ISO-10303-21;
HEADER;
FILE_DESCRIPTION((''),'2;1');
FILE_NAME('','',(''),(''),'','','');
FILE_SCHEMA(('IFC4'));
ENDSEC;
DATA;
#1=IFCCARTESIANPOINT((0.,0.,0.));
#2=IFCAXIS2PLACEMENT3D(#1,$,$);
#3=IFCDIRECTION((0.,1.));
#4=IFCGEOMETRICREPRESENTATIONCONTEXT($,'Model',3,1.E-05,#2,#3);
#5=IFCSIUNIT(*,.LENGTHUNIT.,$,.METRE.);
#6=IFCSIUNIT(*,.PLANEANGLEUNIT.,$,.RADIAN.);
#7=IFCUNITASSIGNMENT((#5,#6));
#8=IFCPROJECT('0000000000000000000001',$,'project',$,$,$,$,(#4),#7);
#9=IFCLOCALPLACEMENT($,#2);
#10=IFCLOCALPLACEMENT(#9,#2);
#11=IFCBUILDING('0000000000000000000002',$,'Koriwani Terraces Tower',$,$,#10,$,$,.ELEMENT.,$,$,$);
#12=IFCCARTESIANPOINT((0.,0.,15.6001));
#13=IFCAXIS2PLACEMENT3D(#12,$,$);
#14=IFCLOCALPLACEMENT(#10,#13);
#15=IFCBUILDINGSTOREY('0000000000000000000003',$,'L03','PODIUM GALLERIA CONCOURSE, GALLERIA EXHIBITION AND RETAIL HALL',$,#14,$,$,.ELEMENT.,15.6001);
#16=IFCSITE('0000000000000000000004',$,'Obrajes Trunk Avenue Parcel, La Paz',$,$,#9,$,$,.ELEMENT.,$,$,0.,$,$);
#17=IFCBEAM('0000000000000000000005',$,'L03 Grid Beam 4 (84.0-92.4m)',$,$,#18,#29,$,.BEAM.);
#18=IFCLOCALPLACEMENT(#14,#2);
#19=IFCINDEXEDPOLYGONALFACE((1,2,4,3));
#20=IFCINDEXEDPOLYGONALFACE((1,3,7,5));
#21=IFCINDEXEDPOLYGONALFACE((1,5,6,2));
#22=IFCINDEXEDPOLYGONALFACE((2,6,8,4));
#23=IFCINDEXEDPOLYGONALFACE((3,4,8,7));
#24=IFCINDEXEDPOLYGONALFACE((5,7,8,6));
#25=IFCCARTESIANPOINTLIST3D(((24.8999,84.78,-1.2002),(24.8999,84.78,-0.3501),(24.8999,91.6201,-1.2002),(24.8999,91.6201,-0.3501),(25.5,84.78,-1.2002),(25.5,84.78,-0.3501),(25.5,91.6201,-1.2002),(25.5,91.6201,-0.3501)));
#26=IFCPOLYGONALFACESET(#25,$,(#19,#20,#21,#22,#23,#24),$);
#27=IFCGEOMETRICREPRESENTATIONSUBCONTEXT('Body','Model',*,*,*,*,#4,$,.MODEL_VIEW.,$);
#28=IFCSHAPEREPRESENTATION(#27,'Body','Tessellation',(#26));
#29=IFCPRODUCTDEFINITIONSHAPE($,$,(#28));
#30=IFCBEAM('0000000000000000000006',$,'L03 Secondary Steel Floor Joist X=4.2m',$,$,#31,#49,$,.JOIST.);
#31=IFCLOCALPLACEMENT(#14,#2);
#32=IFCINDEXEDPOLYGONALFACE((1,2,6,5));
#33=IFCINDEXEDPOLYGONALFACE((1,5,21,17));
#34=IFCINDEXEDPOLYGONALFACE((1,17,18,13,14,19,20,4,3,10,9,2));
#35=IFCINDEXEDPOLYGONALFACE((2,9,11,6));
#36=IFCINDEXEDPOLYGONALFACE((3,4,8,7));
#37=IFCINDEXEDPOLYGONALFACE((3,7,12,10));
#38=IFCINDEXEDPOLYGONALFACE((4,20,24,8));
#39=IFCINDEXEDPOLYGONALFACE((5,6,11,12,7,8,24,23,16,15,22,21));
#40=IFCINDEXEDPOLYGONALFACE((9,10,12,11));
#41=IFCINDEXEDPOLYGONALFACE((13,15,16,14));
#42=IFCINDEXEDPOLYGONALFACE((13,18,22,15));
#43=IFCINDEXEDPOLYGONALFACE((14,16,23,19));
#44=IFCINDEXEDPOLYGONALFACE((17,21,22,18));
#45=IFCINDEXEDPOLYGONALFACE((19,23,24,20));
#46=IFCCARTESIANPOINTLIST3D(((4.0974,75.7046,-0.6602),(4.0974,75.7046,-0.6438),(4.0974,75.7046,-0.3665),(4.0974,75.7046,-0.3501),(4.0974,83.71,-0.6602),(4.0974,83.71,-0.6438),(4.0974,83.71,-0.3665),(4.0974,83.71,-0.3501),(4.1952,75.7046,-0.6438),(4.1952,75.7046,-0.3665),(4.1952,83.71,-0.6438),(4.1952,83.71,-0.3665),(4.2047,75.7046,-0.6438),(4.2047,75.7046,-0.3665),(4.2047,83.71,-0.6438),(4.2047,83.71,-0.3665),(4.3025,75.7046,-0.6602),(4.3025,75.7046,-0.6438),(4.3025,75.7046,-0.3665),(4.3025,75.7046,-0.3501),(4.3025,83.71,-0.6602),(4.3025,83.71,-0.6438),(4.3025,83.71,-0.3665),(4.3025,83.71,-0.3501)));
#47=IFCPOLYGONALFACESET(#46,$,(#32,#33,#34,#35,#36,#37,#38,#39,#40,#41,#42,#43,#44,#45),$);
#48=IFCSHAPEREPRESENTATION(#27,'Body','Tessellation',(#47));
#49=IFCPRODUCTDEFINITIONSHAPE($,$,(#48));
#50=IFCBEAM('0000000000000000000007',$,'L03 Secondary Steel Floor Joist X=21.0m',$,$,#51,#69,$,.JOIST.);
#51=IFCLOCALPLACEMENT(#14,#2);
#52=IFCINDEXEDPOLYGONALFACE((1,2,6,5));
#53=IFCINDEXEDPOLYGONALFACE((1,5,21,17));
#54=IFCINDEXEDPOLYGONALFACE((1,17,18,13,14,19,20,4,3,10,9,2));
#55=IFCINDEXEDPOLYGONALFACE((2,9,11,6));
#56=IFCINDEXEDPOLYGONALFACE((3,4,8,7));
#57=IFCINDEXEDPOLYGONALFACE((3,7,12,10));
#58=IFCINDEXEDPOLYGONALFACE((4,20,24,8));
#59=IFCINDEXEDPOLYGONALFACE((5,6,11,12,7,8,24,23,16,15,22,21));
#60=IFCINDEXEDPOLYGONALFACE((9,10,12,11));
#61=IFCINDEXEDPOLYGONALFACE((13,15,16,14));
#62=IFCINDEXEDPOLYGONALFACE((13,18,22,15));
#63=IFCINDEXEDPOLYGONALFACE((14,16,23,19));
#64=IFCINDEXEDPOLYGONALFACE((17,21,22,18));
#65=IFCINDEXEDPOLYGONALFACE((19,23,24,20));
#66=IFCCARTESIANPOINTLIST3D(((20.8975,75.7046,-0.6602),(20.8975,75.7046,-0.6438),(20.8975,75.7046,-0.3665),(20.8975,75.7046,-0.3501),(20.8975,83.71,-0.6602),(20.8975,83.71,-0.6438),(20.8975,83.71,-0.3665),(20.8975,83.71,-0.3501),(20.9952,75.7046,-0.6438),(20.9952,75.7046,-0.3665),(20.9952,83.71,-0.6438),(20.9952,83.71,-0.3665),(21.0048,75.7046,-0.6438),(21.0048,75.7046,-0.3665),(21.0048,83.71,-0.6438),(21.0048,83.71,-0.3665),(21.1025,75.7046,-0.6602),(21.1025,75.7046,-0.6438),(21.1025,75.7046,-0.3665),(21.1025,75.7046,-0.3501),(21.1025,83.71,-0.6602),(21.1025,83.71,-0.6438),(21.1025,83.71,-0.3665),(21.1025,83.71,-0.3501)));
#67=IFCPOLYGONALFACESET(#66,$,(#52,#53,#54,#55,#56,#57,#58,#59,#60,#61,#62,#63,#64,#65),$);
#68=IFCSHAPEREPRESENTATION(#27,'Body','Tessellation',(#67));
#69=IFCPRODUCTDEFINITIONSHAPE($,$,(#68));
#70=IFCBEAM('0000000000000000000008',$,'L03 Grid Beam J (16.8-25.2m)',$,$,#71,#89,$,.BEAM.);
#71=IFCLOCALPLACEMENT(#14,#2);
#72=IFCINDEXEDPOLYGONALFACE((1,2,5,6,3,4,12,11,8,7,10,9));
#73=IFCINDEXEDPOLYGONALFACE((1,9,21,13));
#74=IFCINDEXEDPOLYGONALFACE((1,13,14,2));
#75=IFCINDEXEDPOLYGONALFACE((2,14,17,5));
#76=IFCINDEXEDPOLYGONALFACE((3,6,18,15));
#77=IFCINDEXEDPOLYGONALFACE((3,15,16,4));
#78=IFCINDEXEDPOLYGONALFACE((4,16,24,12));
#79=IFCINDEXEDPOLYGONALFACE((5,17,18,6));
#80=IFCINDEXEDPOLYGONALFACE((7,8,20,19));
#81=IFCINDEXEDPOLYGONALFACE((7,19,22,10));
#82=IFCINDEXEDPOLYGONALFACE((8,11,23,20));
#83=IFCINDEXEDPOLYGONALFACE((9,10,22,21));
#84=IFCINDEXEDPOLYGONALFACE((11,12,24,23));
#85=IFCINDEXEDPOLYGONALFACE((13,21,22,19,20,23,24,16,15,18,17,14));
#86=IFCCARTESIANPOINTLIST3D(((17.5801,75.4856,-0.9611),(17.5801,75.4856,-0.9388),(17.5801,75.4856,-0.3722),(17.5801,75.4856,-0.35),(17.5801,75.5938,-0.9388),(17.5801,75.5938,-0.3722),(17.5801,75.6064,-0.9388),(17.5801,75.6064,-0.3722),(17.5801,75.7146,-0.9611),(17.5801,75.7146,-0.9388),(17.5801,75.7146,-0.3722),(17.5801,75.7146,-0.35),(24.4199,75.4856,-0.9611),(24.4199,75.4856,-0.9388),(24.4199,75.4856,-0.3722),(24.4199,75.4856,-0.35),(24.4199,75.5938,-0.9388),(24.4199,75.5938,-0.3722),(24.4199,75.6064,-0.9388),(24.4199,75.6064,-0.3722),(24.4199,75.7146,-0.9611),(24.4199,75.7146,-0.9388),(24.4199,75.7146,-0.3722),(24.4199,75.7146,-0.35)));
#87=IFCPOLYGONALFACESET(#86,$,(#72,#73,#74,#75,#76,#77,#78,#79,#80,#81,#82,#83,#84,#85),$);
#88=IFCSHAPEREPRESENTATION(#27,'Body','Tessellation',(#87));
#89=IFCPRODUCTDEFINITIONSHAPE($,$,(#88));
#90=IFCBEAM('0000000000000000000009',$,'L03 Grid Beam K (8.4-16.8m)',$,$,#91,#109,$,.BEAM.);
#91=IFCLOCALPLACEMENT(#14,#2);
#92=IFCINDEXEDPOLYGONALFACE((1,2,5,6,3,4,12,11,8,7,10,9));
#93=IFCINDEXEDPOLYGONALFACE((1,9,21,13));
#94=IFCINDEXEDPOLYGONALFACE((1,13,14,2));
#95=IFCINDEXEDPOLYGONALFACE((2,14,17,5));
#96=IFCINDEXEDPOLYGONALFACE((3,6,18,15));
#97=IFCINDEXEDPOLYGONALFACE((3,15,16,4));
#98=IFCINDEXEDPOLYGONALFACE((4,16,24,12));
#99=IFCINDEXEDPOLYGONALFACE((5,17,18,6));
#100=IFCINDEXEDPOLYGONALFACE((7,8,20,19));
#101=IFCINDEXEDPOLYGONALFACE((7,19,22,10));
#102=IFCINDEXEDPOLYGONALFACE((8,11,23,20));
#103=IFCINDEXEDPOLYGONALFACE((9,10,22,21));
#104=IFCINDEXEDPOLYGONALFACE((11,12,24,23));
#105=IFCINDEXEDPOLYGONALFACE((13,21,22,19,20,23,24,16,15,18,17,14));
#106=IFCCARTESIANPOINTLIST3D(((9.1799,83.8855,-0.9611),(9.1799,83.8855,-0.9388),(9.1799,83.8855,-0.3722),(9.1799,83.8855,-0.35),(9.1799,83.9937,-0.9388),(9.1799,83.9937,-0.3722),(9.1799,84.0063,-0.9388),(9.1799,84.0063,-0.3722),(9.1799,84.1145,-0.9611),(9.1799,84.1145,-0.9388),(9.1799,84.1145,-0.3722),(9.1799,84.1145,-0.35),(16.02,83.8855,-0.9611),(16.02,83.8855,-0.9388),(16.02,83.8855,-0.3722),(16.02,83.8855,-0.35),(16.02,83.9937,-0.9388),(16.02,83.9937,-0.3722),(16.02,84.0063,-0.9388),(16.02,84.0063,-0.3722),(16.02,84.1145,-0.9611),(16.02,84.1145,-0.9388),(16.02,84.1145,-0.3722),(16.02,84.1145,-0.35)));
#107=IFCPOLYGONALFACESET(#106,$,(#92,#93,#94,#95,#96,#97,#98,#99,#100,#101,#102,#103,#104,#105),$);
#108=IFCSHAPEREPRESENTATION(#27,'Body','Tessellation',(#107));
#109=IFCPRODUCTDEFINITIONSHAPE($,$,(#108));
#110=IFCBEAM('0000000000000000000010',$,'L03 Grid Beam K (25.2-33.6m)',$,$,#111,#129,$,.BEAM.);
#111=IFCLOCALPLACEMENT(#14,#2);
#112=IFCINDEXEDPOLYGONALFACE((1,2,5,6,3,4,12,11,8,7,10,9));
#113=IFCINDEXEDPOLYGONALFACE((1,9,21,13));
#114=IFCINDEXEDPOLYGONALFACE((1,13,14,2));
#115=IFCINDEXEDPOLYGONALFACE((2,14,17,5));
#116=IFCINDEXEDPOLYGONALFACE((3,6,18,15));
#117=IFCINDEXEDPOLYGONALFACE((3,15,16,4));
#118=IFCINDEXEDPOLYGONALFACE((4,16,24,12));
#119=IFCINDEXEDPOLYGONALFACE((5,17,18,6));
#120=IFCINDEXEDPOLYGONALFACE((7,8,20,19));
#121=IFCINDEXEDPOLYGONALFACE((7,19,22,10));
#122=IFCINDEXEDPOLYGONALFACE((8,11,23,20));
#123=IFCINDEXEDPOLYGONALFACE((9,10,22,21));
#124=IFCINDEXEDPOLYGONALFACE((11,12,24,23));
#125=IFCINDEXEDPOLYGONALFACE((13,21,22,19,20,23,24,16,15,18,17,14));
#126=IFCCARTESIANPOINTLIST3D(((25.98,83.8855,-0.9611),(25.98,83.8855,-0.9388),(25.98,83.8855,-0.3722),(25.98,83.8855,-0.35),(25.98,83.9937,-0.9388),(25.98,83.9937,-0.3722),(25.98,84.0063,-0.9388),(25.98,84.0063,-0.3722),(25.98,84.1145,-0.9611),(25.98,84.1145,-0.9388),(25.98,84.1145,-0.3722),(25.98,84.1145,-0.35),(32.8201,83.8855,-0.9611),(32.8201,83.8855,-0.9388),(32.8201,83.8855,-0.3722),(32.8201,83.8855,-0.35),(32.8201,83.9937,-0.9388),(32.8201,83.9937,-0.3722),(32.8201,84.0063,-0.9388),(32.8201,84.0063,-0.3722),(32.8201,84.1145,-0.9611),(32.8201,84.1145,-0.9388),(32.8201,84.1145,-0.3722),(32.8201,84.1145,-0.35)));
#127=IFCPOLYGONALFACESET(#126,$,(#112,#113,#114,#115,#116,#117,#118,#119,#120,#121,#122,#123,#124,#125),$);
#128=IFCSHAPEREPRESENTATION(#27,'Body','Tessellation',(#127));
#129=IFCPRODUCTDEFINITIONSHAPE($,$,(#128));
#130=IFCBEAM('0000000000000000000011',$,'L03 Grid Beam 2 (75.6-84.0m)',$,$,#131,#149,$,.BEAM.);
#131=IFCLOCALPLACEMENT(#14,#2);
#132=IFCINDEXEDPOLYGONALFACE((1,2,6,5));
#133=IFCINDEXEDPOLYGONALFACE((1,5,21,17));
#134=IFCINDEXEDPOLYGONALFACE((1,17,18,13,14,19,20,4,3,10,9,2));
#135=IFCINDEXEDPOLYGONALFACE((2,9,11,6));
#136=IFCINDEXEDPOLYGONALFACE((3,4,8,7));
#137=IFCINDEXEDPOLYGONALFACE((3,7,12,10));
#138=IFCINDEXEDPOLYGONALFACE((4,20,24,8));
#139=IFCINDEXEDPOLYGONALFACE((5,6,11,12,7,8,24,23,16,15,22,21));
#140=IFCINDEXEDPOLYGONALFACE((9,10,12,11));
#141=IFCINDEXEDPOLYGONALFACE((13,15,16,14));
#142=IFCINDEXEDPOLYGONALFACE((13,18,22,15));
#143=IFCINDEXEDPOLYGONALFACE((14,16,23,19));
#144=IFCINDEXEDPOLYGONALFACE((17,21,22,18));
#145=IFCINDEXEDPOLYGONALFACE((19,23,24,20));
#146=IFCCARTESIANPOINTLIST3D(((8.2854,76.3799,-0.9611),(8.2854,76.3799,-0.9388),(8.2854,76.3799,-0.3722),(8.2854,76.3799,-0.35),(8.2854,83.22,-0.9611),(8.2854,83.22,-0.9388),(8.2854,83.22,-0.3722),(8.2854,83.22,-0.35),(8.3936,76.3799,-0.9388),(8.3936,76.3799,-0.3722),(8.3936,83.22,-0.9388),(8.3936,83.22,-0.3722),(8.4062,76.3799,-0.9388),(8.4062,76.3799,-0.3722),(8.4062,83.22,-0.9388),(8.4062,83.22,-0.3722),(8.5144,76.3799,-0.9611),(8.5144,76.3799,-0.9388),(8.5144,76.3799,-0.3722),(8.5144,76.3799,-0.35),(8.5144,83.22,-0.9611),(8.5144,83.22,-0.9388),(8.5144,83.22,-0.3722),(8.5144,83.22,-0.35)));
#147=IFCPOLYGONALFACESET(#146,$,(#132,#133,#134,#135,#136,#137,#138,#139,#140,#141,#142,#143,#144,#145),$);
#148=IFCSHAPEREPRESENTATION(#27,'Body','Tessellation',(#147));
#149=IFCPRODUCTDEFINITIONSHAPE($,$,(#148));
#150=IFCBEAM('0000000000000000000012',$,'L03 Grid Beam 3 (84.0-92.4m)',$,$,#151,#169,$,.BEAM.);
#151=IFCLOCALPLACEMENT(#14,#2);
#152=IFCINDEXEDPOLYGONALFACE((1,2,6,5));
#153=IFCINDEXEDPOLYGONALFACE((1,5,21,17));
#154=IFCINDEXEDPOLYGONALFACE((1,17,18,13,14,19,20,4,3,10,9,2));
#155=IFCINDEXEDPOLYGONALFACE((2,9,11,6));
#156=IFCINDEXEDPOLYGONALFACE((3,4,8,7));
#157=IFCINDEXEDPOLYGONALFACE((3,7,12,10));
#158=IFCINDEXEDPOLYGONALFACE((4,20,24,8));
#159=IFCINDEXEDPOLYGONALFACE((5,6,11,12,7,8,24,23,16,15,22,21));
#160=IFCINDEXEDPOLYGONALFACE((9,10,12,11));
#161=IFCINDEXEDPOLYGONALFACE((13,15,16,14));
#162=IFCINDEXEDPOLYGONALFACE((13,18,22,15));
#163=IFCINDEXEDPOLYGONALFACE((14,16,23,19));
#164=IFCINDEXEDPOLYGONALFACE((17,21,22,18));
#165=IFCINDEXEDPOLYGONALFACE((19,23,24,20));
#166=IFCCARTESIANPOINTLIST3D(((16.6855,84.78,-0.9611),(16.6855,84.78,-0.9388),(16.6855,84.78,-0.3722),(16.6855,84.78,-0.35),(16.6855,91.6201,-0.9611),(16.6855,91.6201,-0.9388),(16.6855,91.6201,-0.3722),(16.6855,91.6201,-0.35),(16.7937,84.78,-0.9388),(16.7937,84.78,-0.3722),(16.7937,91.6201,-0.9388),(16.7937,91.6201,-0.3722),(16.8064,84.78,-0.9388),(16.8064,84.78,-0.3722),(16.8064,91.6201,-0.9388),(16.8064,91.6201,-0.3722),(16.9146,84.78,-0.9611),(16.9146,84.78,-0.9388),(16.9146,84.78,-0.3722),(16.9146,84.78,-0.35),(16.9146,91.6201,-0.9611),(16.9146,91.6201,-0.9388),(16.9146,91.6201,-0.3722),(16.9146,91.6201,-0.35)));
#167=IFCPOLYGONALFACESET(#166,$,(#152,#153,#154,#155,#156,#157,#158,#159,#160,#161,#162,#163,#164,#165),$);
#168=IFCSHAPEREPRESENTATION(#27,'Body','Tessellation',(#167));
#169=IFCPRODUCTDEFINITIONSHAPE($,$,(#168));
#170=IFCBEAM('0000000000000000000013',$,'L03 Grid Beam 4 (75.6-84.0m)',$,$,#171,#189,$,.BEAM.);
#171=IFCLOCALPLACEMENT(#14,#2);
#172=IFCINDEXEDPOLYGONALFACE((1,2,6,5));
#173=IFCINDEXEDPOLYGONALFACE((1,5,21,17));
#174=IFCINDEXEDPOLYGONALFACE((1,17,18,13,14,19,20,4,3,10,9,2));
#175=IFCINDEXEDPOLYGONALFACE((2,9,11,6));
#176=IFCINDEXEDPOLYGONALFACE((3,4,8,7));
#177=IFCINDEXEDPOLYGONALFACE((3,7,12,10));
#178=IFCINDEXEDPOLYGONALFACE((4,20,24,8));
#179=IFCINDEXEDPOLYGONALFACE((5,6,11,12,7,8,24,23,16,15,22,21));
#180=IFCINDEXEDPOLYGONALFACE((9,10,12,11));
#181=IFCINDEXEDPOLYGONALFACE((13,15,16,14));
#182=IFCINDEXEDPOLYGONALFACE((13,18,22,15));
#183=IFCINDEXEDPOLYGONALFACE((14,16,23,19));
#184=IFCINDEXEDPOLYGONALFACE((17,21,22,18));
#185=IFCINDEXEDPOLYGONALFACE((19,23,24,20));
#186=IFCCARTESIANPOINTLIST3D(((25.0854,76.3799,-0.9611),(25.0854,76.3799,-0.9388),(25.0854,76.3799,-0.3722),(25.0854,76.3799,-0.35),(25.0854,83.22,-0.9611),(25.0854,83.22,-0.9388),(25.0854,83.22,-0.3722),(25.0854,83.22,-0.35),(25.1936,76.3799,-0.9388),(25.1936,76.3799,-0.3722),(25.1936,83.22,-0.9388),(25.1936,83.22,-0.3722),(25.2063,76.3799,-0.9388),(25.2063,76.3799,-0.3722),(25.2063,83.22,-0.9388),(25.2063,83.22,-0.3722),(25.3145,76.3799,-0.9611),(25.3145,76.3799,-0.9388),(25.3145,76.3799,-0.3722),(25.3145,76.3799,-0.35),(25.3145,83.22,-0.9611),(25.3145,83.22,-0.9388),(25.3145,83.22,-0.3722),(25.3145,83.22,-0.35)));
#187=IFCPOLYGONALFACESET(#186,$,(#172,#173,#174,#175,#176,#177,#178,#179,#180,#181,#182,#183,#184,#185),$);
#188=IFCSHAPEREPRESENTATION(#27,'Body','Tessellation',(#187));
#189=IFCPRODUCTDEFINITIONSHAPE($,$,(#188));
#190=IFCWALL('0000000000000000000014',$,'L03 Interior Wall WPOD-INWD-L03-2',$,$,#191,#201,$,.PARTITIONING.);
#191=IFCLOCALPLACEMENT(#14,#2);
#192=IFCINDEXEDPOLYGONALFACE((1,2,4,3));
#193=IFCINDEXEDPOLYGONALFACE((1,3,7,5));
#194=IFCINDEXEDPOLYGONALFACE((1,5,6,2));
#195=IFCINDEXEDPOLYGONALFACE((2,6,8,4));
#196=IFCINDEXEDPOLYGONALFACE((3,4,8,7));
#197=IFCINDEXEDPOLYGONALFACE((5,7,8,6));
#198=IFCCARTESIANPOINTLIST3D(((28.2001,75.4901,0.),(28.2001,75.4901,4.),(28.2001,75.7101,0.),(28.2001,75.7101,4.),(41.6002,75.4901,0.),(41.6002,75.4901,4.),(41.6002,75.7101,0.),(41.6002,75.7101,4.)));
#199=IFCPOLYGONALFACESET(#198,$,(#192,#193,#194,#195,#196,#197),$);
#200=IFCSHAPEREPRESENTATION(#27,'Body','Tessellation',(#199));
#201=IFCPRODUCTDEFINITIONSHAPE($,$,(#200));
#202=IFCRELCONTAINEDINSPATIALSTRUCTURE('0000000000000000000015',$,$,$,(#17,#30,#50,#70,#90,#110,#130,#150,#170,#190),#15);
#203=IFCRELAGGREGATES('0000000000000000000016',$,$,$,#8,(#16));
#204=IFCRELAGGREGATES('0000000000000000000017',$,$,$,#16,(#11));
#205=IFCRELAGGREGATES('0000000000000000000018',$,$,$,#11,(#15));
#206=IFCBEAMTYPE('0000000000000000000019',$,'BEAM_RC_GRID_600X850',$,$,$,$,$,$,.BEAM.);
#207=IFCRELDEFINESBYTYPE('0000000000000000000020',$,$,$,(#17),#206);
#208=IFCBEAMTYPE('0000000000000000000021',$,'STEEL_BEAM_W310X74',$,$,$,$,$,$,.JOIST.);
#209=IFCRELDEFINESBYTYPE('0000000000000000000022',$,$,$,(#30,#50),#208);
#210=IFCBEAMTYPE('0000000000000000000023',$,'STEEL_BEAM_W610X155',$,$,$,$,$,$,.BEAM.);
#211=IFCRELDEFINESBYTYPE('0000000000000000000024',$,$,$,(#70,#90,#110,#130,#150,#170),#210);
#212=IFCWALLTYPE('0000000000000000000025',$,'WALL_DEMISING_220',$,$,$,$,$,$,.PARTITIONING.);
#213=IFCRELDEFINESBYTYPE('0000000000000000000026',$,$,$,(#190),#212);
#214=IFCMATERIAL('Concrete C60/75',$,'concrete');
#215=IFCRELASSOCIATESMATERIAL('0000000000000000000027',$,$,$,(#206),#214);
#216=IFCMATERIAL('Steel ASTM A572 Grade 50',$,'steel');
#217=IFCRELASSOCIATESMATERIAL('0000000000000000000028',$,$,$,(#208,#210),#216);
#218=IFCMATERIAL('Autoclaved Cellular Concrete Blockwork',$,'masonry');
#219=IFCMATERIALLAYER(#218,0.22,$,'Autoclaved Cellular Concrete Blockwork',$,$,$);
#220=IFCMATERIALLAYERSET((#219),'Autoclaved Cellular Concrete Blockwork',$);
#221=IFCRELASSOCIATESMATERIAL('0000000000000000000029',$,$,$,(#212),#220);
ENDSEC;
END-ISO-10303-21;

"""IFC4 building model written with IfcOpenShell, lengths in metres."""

from ifc_helpers import new_model, si_unit, direction, frame, frame_2d, origin, origin_2d, place, context, subcontext, project, spatial, rectangle, i_section, extrude, material, layer, layer_set, material_profile, profile_set, type_object, element, save


model = new_model("IFC4")

# Units and contexts
model_context = context("Model", 3, precision=1e-05, world=origin(), true_north=direction((0.0, 1.0)))
body_context = subcontext(model_context, "Body", "Model", "MODEL_VIEW")
ifc_project = project(units=[si_unit("LENGTHUNIT", "METRE"), si_unit("PLANEANGLEUNIT", "RADIAN")], contexts=[model_context])

# Site, building, storey
site_placement = place(None, origin())
site = spatial("IfcSite", under=ifc_project, at=site_placement, Name="Obrajes Trunk Avenue Parcel, La Paz", CompositionType="ELEMENT", RefElevation=0.0)
building_placement = place(site_placement, origin())
building = spatial("IfcBuilding", under=site, at=building_placement, Name="Koriwani Terraces Tower", CompositionType="ELEMENT")
storey_placement = place(building_placement, frame((0.0, 0.0, 15.6001)))
storey = spatial("IfcBuildingStorey", under=building, at=storey_placement, Name="L03", Description="PODIUM GALLERIA CONCOURSE, GALLERIA EXHIBITION AND RETAIL HALL", CompositionType="ELEMENT", Elevation=15.6001)

# Shared definitions
ifc_material_1 = material(Name="Concrete C60/75", Category="concrete")

# Beams
ifc_material_profile_1 = material_profile(ifc_material_1, rectangle(XDim=0.6001, YDim=0.8501, at=origin_2d()), Name="Concrete C60/75", Category="LoadBearing")
ifc_profile_set_1 = profile_set([ifc_material_profile_1], Name="Concrete C60/75")
beam_type_1 = type_object("IfcBeamType", Name="BEAM_RC_GRID_600X850", PredefinedType="BEAM", material=ifc_profile_set_1)
for number, where, z_axis, x_axis, name in (
    (1, (25.2, 84.78, -0.7751), (0.0, 1.0, 0.0), (-1.0, 0.0, 0.0), "L03 Grid Beam 4 (84.0-92.4m)"),
):
    element("IfcBeam", number, at=place(storey_placement, frame(where, z_axis=z_axis, x_axis=x_axis)), inside=storey, type_object=beam_type_1, Name=name, PredefinedType="BEAM", context=body_context, shape_type="SweptSolid", body=[
        extrude(rectangle(XDim=0.6001, YDim=0.8501, at=origin_2d()), origin(), (0.0, 0.0, 1.0), 6.8401),
    ])
ifc_material_2 = material(Name="Steel ASTM A572 Grade 50", Category="steel")
ifc_material_profile_2 = material_profile(ifc_material_2, i_section(OverallWidth=0.2051, OverallDepth=0.3101, WebThickness=0.0095, FlangeThickness=0.0164, at=origin_2d()), Name="Steel ASTM A572 Grade 50", Category="LoadBearing")
ifc_profile_set_2 = profile_set([ifc_material_profile_2], Name="Steel ASTM A572 Grade 50")
beam_type_2 = type_object("IfcBeamType", Name="STEEL_BEAM_W310X74", PredefinedType="JOIST", material=ifc_profile_set_2)
for number, where, z_axis, x_axis, name in (
    (2, (4.2, 75.7046, -0.5051), (0.0, 1.0, 0.0), (-1.0, 0.0, 0.0), "L03 Secondary Steel Floor Joist X=4.2m"),
    (3, (21.0, 75.7046, -0.5051), (0.0, 1.0, 0.0), (-1.0, 0.0, 0.0), "L03 Secondary Steel Floor Joist X=21.0m"),
):
    element("IfcBeam", number, at=place(storey_placement, frame(where, z_axis=z_axis, x_axis=x_axis)), inside=storey, type_object=beam_type_2, Name=name, PredefinedType="JOIST", context=body_context, shape_type="SweptSolid", body=[
        extrude(i_section(OverallWidth=0.2051, OverallDepth=0.3101, WebThickness=0.0095, FlangeThickness=0.0164, at=origin_2d()), origin(), (0.0, 0.0, 1.0), 8.0054),
    ])
ifc_material_profile_3 = material_profile(ifc_material_2, i_section(OverallWidth=0.229, OverallDepth=0.6111, WebThickness=0.0127, FlangeThickness=0.0222, at=origin_2d()), Name="Steel ASTM A572 Grade 50", Category="LoadBearing")
ifc_profile_set_3 = profile_set([ifc_material_profile_3], Name="Steel ASTM A572 Grade 50")
beam_type_3 = type_object("IfcBeamType", Name="STEEL_BEAM_W610X155", PredefinedType="BEAM", material=ifc_profile_set_3)
beam_1_placement = place(storey_placement, frame((17.5801, 75.6001, -0.6555), z_axis=(1.0, 0.0, 0.0), x_axis=(0.0, 1.0, 0.0)))
element("IfcBeam", 4, at=beam_1_placement, inside=storey, type_object=beam_type_3, Name="L03 Grid Beam J (16.8-25.2m)", PredefinedType="BEAM", context=body_context, shape_type="SweptSolid", body=[
    extrude(i_section(OverallWidth=0.229, OverallDepth=0.6111, WebThickness=0.0127, FlangeThickness=0.0222, at=origin_2d()), origin(), (0.0, 0.0, 1.0), 6.8398),
])
for number, where, z_axis, x_axis, name in (
    (5, (9.1799, 84.0, -0.6555), (1.0, 0.0, 0.0), (0.0, 1.0, 0.0), "L03 Grid Beam K (8.4-16.8m)"),
    (6, (25.98, 84.0, -0.6555), (1.0, 0.0, 0.0), (0.0, 1.0, 0.0), "L03 Grid Beam K (25.2-33.6m)"),
    (7, (8.3999, 76.3799, -0.6555), (0.0, 1.0, 0.0), (-1.0, 0.0, 0.0), "L03 Grid Beam 2 (75.6-84.0m)"),
    (8, (16.8, 84.78, -0.6555), (0.0, 1.0, 0.0), (-1.0, 0.0, 0.0), "L03 Grid Beam 3 (84.0-92.4m)"),
    (9, (25.2, 76.3799, -0.6555), (0.0, 1.0, 0.0), (-1.0, 0.0, 0.0), "L03 Grid Beam 4 (75.6-84.0m)"),
):
    element("IfcBeam", number, at=place(storey_placement, frame(where, z_axis=z_axis, x_axis=x_axis)), inside=storey, type_object=beam_type_3, Name=name, PredefinedType="BEAM", context=body_context, shape_type="SweptSolid", body=[
        extrude(i_section(OverallWidth=0.229, OverallDepth=0.6111, WebThickness=0.0127, FlangeThickness=0.0222, at=origin_2d()), origin(), (0.0, 0.0, 1.0), 6.8401),
    ])

# Wall
ifc_material_3 = material(Name="Autoclaved Cellular Concrete Blockwork", Category="masonry")
ifc_layer_1 = layer(ifc_material_3, 0.22, Name="Autoclaved Cellular Concrete Blockwork")
ifc_layer_set_1 = layer_set([ifc_layer_1], Name="Autoclaved Cellular Concrete Blockwork")
wall_type_1 = type_object("IfcWallType", Name="WALL_DEMISING_220", PredefinedType="PARTITIONING", material=ifc_layer_set_1)
wall_1_placement = place(storey_placement, frame((28.2, 75.6001, 0.0), z_axis=(0.0, 0.0, 1.0), x_axis=(1.0, 0.0, 0.0)))
element("IfcWall", 10, at=wall_1_placement, inside=storey, type_object=wall_type_1, Name="L03 Interior Wall WPOD-INWD-L03-2", PredefinedType="PARTITIONING", context=body_context, shape_type="SweptSolid", body=[
    extrude(rectangle(XDim=13.4001, YDim=0.22, at=frame_2d((6.7002, 0.0))), origin(), (0.0, 0.0, 1.0), 4.0),
])

save(model, "model.ifc")
